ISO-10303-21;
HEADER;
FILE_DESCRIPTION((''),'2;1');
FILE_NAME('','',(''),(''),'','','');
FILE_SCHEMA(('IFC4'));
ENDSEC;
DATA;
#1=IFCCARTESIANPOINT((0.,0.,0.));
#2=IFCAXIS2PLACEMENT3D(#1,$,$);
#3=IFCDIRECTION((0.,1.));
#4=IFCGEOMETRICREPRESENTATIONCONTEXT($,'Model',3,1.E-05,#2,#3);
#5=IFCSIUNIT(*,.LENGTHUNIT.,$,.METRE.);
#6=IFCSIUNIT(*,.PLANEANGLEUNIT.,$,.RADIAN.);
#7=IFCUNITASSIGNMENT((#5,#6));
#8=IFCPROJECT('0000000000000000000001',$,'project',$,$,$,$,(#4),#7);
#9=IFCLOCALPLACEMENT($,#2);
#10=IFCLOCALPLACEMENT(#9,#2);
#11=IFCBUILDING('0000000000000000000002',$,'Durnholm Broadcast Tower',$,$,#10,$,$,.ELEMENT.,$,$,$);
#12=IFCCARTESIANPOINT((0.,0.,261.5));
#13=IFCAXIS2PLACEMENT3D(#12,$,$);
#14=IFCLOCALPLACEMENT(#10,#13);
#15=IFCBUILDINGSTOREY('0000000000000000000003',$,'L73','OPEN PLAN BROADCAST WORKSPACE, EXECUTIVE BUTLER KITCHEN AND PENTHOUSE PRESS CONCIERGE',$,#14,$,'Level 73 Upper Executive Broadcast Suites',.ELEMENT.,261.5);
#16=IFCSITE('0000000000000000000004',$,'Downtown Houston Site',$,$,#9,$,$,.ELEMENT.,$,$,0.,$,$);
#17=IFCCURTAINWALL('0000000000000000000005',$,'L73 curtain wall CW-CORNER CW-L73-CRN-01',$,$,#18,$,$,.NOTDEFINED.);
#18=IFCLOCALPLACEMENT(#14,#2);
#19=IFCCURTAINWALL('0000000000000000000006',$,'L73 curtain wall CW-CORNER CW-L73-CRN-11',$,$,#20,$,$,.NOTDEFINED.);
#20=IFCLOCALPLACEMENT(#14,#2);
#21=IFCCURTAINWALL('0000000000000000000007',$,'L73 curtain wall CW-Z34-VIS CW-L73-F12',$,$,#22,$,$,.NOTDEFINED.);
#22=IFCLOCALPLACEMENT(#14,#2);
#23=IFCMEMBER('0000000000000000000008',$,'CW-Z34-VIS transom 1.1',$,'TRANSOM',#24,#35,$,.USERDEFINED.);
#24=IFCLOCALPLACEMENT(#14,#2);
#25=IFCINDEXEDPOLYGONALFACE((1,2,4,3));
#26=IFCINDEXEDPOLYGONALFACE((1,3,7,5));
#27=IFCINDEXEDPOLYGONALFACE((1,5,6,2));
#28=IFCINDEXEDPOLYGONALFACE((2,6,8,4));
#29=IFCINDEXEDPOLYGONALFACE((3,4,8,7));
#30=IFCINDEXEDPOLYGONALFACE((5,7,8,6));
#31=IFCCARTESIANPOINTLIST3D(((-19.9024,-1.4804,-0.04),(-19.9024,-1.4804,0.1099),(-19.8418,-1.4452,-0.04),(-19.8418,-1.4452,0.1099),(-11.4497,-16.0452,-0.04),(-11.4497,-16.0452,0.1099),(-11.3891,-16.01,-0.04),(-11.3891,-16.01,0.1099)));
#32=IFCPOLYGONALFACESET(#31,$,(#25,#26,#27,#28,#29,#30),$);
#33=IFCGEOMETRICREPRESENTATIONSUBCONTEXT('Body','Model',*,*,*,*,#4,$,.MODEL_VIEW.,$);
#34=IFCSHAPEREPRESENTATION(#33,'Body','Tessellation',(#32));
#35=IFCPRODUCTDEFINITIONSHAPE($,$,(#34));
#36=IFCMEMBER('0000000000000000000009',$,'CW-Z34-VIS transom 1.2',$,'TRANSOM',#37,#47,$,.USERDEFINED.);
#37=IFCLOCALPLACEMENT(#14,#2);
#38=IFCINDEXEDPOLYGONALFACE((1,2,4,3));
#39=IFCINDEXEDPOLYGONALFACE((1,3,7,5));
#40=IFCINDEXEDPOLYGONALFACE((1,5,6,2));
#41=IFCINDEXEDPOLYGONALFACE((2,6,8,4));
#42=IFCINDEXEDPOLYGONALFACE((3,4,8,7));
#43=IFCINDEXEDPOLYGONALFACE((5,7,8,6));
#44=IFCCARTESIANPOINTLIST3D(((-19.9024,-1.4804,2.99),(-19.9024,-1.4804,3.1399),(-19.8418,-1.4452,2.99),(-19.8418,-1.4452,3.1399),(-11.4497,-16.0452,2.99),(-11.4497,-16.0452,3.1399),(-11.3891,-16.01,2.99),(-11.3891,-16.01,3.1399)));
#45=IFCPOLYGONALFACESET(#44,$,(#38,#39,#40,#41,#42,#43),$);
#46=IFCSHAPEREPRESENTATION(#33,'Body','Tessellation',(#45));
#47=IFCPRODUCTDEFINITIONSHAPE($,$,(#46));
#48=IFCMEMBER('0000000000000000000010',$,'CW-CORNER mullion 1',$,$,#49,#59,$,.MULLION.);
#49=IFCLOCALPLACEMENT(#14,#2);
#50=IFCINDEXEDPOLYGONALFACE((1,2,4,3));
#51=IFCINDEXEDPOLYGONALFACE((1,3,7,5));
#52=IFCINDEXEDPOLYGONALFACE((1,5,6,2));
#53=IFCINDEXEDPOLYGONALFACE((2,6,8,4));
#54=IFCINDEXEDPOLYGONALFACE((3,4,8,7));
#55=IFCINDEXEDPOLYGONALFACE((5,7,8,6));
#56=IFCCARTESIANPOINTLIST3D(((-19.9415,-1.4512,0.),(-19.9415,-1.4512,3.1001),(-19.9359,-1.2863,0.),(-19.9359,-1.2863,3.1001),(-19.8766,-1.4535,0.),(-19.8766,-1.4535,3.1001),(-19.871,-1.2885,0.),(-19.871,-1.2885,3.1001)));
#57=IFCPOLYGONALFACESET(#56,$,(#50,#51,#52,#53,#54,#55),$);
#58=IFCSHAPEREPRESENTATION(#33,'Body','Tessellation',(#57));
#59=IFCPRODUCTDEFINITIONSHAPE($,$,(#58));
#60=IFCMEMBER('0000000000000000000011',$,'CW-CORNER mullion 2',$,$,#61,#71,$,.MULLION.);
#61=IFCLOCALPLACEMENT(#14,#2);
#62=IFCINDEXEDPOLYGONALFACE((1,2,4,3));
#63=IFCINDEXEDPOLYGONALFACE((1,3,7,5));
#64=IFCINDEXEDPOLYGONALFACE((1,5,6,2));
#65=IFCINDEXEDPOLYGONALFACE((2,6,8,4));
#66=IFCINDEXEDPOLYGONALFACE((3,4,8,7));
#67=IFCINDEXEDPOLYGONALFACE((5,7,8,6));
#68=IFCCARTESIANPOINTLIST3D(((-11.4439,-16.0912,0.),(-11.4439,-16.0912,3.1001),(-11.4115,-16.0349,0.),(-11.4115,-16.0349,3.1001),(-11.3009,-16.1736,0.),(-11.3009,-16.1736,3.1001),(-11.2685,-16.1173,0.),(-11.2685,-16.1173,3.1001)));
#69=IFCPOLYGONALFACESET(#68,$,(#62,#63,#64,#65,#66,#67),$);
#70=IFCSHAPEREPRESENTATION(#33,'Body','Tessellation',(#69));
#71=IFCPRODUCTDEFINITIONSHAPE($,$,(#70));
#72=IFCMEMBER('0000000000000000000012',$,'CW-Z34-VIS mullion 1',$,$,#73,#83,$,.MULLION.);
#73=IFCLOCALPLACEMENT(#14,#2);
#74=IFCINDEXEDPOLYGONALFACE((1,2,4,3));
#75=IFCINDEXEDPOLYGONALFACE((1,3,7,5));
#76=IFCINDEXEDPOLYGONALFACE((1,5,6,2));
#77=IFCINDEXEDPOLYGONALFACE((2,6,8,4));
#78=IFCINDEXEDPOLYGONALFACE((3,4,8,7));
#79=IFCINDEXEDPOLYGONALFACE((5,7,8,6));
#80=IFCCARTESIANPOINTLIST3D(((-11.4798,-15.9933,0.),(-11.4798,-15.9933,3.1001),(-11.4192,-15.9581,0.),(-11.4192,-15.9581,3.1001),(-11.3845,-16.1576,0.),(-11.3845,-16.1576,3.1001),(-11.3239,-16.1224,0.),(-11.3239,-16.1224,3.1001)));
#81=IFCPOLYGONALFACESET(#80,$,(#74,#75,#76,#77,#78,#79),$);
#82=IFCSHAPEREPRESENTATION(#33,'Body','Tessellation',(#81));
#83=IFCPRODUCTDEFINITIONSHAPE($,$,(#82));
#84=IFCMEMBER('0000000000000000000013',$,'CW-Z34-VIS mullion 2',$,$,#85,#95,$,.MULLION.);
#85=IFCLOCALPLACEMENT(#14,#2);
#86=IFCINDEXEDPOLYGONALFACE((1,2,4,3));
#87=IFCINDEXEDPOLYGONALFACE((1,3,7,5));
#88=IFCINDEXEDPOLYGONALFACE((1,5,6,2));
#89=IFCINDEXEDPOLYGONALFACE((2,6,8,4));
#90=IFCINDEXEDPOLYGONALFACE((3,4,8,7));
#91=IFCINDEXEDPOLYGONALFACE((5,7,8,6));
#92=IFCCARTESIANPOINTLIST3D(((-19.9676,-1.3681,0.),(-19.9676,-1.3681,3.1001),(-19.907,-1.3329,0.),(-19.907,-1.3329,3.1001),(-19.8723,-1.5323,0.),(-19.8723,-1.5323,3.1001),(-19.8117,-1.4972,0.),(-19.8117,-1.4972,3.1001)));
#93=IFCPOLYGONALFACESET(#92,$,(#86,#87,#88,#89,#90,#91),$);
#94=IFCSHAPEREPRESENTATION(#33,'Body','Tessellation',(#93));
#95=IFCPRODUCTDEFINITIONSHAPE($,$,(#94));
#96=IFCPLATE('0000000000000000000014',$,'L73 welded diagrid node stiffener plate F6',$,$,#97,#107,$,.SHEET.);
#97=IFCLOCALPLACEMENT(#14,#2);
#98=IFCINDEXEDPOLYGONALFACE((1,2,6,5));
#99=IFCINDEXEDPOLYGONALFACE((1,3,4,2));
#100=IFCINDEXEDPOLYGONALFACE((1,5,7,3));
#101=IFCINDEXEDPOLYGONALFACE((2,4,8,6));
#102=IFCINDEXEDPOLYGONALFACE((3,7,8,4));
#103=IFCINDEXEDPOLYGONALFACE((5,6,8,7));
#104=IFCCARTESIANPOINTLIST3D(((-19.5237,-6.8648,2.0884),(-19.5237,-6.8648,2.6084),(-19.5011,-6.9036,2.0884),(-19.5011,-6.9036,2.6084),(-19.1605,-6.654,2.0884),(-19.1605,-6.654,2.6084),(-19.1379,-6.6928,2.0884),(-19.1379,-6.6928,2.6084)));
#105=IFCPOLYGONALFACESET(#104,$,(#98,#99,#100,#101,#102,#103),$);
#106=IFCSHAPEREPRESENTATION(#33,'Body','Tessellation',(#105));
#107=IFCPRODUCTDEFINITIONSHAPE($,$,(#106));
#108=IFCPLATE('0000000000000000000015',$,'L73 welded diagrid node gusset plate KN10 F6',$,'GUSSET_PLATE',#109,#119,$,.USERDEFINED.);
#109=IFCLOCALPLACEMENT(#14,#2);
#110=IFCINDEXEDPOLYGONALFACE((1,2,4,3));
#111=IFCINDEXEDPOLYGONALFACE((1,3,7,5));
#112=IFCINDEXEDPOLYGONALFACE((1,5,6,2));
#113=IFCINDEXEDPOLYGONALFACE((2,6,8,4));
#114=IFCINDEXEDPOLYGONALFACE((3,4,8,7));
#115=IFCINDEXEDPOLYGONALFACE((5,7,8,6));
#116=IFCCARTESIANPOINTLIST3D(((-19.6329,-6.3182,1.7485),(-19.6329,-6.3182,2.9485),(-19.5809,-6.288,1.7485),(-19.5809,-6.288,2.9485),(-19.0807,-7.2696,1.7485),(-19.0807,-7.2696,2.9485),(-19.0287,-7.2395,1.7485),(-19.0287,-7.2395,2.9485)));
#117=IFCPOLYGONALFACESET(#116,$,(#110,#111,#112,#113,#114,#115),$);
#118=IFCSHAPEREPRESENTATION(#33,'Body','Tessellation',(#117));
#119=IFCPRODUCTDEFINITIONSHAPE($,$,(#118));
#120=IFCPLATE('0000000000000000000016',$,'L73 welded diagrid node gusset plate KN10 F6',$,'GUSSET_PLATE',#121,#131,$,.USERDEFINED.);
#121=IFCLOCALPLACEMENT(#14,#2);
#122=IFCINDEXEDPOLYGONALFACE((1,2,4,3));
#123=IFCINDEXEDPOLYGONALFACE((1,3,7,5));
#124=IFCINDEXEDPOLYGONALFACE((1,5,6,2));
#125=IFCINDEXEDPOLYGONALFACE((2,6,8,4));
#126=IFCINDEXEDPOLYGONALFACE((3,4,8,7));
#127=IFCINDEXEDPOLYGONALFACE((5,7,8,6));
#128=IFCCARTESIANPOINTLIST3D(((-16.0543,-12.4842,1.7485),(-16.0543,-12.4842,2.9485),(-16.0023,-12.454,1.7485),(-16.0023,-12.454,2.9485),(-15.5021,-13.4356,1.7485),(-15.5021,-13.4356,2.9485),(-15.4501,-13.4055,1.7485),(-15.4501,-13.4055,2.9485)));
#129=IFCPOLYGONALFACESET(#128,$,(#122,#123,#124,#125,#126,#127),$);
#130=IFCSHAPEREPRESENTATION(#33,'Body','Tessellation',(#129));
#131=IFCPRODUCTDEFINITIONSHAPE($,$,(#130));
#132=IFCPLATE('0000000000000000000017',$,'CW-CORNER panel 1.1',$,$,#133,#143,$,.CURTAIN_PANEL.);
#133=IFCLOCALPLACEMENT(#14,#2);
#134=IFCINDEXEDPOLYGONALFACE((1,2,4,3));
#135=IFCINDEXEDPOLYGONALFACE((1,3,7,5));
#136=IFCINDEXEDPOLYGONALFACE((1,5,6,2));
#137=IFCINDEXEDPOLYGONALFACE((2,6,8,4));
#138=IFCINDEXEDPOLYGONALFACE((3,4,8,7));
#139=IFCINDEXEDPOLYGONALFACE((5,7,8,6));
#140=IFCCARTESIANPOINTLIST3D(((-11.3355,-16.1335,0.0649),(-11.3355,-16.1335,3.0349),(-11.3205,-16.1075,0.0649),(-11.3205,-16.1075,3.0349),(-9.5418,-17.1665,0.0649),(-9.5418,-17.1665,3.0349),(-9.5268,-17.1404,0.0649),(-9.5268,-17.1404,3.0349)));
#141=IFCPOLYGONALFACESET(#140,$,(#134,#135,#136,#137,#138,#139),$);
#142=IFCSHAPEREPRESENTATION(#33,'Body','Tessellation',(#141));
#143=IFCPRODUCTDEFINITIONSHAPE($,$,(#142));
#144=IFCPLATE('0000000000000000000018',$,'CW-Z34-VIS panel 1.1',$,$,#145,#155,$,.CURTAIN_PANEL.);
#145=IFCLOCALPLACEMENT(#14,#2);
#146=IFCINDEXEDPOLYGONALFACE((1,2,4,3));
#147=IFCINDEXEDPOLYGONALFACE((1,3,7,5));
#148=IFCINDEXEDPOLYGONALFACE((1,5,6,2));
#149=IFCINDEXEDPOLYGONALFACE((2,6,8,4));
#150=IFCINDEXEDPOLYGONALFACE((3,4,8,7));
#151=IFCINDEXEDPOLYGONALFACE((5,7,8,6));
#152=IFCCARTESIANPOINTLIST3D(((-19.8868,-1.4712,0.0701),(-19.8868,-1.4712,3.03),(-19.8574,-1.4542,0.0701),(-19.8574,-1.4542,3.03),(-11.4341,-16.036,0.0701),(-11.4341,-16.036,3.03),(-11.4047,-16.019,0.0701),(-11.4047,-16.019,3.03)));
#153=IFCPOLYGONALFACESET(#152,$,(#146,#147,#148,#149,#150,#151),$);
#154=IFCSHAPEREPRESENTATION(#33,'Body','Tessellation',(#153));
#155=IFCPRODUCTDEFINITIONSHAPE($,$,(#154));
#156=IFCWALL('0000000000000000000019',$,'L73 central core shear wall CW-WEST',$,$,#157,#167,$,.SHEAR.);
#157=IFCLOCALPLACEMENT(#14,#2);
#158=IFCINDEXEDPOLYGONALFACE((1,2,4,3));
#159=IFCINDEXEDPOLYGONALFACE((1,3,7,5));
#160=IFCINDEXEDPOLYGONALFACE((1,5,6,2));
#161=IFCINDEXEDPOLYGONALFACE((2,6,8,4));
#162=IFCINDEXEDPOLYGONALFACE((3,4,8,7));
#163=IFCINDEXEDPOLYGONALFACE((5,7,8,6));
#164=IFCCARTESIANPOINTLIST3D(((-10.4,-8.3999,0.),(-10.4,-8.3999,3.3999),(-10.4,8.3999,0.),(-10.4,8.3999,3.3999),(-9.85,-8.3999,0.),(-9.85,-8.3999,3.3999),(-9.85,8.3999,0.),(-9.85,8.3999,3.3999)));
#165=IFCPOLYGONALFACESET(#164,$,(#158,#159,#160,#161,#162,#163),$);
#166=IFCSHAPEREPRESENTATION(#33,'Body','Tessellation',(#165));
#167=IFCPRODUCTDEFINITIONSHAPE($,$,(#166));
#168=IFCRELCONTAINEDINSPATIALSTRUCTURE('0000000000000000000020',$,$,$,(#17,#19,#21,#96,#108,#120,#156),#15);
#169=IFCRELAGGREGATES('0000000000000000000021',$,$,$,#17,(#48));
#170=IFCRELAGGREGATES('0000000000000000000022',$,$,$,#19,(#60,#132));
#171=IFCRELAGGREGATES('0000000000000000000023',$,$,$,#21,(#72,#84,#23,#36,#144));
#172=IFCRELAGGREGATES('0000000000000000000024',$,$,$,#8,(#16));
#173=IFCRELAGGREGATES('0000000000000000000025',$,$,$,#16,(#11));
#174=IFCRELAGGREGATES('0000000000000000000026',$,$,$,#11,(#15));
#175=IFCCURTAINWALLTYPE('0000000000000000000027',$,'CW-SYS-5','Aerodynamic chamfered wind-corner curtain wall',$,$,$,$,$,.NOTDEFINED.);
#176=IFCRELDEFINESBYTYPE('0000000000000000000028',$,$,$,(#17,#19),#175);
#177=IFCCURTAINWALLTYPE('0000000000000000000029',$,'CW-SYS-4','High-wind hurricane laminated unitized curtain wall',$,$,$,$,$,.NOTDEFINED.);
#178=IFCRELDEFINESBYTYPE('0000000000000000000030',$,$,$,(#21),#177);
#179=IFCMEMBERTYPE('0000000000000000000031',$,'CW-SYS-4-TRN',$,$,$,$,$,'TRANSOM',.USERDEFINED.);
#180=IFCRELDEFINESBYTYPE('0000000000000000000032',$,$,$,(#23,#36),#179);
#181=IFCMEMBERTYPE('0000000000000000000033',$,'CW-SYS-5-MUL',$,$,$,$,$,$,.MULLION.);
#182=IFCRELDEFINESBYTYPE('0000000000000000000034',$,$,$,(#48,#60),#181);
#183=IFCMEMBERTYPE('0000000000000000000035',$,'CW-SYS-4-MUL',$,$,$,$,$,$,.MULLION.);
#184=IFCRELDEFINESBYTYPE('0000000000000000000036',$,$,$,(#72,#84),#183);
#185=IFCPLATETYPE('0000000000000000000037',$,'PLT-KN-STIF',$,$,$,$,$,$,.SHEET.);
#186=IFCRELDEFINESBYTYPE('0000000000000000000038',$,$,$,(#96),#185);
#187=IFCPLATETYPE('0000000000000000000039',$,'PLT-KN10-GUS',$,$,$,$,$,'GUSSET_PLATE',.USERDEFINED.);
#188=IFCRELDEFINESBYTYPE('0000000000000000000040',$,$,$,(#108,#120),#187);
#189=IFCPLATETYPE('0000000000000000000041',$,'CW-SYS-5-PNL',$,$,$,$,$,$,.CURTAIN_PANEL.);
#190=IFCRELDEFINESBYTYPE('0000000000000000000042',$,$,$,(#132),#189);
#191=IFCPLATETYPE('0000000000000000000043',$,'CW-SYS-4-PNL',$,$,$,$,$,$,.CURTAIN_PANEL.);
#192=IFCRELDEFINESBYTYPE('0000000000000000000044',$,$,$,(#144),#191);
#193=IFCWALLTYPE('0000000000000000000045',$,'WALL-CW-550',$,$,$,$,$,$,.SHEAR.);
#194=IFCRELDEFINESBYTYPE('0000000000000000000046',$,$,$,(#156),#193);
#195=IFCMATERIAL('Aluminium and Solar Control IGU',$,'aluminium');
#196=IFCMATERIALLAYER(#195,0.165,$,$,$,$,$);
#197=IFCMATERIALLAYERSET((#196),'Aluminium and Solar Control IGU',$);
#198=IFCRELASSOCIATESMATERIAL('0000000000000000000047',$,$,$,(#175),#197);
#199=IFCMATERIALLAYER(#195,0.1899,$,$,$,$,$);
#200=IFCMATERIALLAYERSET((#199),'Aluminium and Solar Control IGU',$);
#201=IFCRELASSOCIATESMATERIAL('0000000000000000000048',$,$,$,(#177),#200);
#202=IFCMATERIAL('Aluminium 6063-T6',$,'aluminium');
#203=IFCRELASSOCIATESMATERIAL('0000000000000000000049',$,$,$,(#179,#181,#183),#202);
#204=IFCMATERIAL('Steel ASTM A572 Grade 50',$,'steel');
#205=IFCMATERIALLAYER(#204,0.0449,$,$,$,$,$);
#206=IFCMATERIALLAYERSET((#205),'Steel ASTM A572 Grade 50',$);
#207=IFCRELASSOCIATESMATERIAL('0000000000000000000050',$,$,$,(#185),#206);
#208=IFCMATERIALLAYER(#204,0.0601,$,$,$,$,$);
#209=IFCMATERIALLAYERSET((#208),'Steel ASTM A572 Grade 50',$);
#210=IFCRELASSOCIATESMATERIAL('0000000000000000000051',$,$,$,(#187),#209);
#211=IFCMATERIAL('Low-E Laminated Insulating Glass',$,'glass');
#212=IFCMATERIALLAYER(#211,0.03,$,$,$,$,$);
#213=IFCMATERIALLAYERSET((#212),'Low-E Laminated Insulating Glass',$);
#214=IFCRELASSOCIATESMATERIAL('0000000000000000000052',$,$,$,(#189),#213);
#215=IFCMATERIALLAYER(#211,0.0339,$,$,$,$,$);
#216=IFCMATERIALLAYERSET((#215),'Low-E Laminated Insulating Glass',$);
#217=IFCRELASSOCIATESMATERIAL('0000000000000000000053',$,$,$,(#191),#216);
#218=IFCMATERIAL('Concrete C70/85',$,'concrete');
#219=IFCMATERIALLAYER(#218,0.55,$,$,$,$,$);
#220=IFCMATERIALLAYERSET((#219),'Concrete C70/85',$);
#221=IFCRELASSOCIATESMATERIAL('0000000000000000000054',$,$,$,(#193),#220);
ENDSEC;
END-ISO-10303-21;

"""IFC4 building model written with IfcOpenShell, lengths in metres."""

from ifc_helpers import new_model, si_unit, direction, frame, frame_2d, origin, origin_2d, place, context, subcontext, project, spatial, rectangle, extrude, source, transform, mapped, material, layer, layer_set, material_profile, profile_set, type_object, type_shapes, element, aggregate, save


model = new_model("IFC4")

# Units and contexts
model_context = context("Model", 3, precision=1e-05, world=origin(), true_north=direction((0.0, 1.0)))
body_context = subcontext(model_context, "Body", "Model", "MODEL_VIEW")
ifc_project = project(units=[si_unit("LENGTHUNIT", "METRE"), si_unit("PLANEANGLEUNIT", "RADIAN")], contexts=[model_context])

# Site, building, storey
site_placement = place(None, origin())
site = spatial("IfcSite", under=ifc_project, at=site_placement, Name="Downtown Houston Site", CompositionType="ELEMENT", RefElevation=0.0)
building_placement = place(site_placement, origin())
building = spatial("IfcBuilding", under=site, at=building_placement, Name="Durnholm Broadcast Tower", CompositionType="ELEMENT")
storey_placement = place(building_placement, frame((0.0, 0.0, 261.5)))
storey = spatial("IfcBuildingStorey", under=building, at=storey_placement, Name="L73", Description="OPEN PLAN BROADCAST WORKSPACE, EXECUTIVE BUTLER KITCHEN AND PENTHOUSE PRESS CONCIERGE", LongName="Level 73 Upper Executive Broadcast Suites", CompositionType="ELEMENT", Elevation=261.5)

# Shared definitions
ifc_material_1 = material(Name="Concrete C70/85", Category="concrete")

# Curtain wall
ifc_material_2 = material(Name="Aluminium and Solar Control IGU", Category="aluminium")
ifc_layer_1 = layer(ifc_material_2, 0.165)
ifc_layer_set_1 = layer_set([ifc_layer_1], Name="Aluminium and Solar Control IGU")
curtain_wall_type_1 = type_object("IfcCurtainWallType", Name="CW-SYS-5", Description="Aerodynamic chamfered wind-corner curtain wall", PredefinedType="NOTDEFINED", material=ifc_layer_set_1)
curtain_wall_1_placement = place(storey_placement, origin())
curtain_wall_1 = element("IfcCurtainWall", 1, at=curtain_wall_1_placement, inside=storey, type_object=curtain_wall_type_1, Name="L73 curtain wall CW-CORNER CW-L73-CRN-01", PredefinedType="NOTDEFINED")
ifc_material_3 = material(Name="Aluminium 6063-T6", Category="aluminium")

# Curtain wall
curtain_wall_2_placement = place(storey_placement, origin())
curtain_wall_2 = element("IfcCurtainWall", 2, at=curtain_wall_2_placement, inside=storey, type_object=curtain_wall_type_1, Name="L73 curtain wall CW-CORNER CW-L73-CRN-11", PredefinedType="NOTDEFINED")

# Curtain wall, members
ifc_layer_2 = layer(ifc_material_2, 0.1899)
ifc_layer_set_2 = layer_set([ifc_layer_2], Name="Aluminium and Solar Control IGU")
curtain_wall_type_2 = type_object("IfcCurtainWallType", Name="CW-SYS-4", Description="High-wind hurricane laminated unitized curtain wall", PredefinedType="NOTDEFINED", material=ifc_layer_set_2)
curtain_wall_3_placement = place(storey_placement, origin())
curtain_wall_3 = element("IfcCurtainWall", 3, at=curtain_wall_3_placement, inside=storey, type_object=curtain_wall_type_2, Name="L73 curtain wall CW-Z34-VIS CW-L73-F12", PredefinedType="NOTDEFINED")
ifc_material_profile_1 = material_profile(ifc_material_3, rectangle(XDim=0.0701, YDim=0.1499, at=origin_2d()), Name="CWT70X150")
ifc_profile_set_1 = profile_set([ifc_material_profile_1], Name="Aluminium 6063-T6")
member_type_1 = type_object("IfcMemberType", Name="CW-SYS-4-TRN", ElementType="TRANSOM", PredefinedType="USERDEFINED", material=ifc_profile_set_1)
shared_shape_1 = source(origin(), body_context, "Body", "SweptSolid", [
    extrude(rectangle(XDim=0.0701, YDim=0.1499, at=origin_2d()), origin(), (0.0, 0.0, 1.0), 16.8398),
])
type_shapes(member_type_1, [shared_shape_1])
member_1_placement = place(storey_placement, frame((-11.4194, -16.0276, 0.0349), z_axis=(-0.501945, 0.864899, 0.0), x_axis=(-0.864899, -0.501945, 0.0)))
member_1 = element("IfcMember", 4, at=member_1_placement, type_object=member_type_1, Name="CW-Z34-VIS transom 1.1", ObjectType="TRANSOM", PredefinedType="USERDEFINED", context=body_context, shape_type="MappedRepresentation", body=[
    mapped(shared_shape_1, transform((0.0, 0.0, 0.0), x_axis=(1.0, 0.0, 0.0), y_axis=(0.0, 1.0, 0.0), z_axis=(0.0, 0.0, 1.0), scale=1.0)),
])
member_2_placement = place(storey_placement, frame((-11.4194, -16.0276, 3.0649), z_axis=(-0.501945, 0.864899, 0.0), x_axis=(-0.864899, -0.501945, 0.0)))
member_2 = element("IfcMember", 5, at=member_2_placement, type_object=member_type_1, Name="CW-Z34-VIS transom 1.2", ObjectType="TRANSOM", PredefinedType="USERDEFINED", context=body_context, shape_type="MappedRepresentation", body=[
    mapped(shared_shape_1, transform((0.0, 0.0, 0.0), x_axis=(1.0, 0.0, 0.0), y_axis=(0.0, 1.0, 0.0), z_axis=(0.0, 0.0, 1.0), scale=1.0)),
])

# Members
ifc_material_profile_2 = material_profile(ifc_material_3, rectangle(XDim=0.0649, YDim=0.165, at=origin_2d()), Name="CWM65X165")
ifc_profile_set_2 = profile_set([ifc_material_profile_2], Name="Aluminium 6063-T6")
member_type_2 = type_object("IfcMemberType", Name="CW-SYS-5-MUL", PredefinedType="MULLION", material=ifc_profile_set_2)
shared_shape_2 = source(origin(), body_context, "Body", "SweptSolid", [
    extrude(rectangle(XDim=0.0649, YDim=0.165, at=origin_2d()), origin(), (0.0, 0.0, 1.0), 3.1001),
])
type_shapes(member_type_2, [shared_shape_2])
member_3_placement = place(storey_placement, frame((-19.9062, -1.3699, 0.0), z_axis=(0.0, 0.0, 1.0), x_axis=(-0.999411, 0.034318, 0.0)))
member_3 = element("IfcMember", 6, at=member_3_placement, type_object=member_type_2, Name="CW-CORNER mullion 1", PredefinedType="MULLION", context=body_context, shape_type="MappedRepresentation", body=[
    mapped(shared_shape_2, transform((0.0, 0.0, 0.0), x_axis=(1.0, 0.0, 0.0), y_axis=(0.0, 1.0, 0.0), z_axis=(0.0, 0.0, 1.0), scale=1.0)),
])
aggregate(curtain_wall_1, [member_3])
member_4_placement = place(storey_placement, frame((-11.3562, -16.1042, 0.0), z_axis=(0.0, 0.0, 1.0), x_axis=(-0.499059, -0.866568, 0.0)))
member_4 = element("IfcMember", 7, at=member_4_placement, type_object=member_type_2, Name="CW-CORNER mullion 2", PredefinedType="MULLION", context=body_context, shape_type="MappedRepresentation", body=[
    mapped(shared_shape_2, transform((0.0, 0.0, 0.0), x_axis=(1.0, 0.0, 0.0), y_axis=(0.0, 1.0, 0.0), z_axis=(0.0, 0.0, 1.0), scale=1.0)),
])
ifc_material_profile_3 = material_profile(ifc_material_3, rectangle(XDim=0.0701, YDim=0.1899, at=origin_2d()), Name="CWM70X190")
ifc_profile_set_3 = profile_set([ifc_material_profile_3], Name="Aluminium 6063-T6")
member_type_3 = type_object("IfcMemberType", Name="CW-SYS-4-MUL", PredefinedType="MULLION", material=ifc_profile_set_3)
shared_shape_3 = source(origin(), body_context, "Body", "SweptSolid", [
    extrude(rectangle(XDim=0.0701, YDim=0.1899, at=origin_2d()), origin(), (0.0, 0.0, 1.0), 3.1001),
])
type_shapes(member_type_3, [shared_shape_3])
member_5_placement = place(storey_placement, frame((-11.4019, -16.0579, 0.0), z_axis=(0.0, 0.0, 1.0), x_axis=(-0.8649, -0.501944, 0.0)))
member_5 = element("IfcMember", 8, at=member_5_placement, type_object=member_type_3, Name="CW-Z34-VIS mullion 1", PredefinedType="MULLION", context=body_context, shape_type="MappedRepresentation", body=[
    mapped(shared_shape_3, transform((0.0, 0.0, 0.0), x_axis=(1.0, 0.0, 0.0), y_axis=(0.0, 1.0, 0.0), z_axis=(0.0, 0.0, 1.0), scale=1.0)),
])
member_6_placement = place(storey_placement, frame((-19.8896, -1.4326, 0.0), z_axis=(0.0, 0.0, 1.0), x_axis=(-0.8649, -0.501944, 0.0)))
member_6 = element("IfcMember", 9, at=member_6_placement, type_object=member_type_3, Name="CW-Z34-VIS mullion 2", PredefinedType="MULLION", context=body_context, shape_type="MappedRepresentation", body=[
    mapped(shared_shape_3, transform((0.0, 0.0, 0.0), x_axis=(1.0, 0.0, 0.0), y_axis=(0.0, 1.0, 0.0), z_axis=(0.0, 0.0, 1.0), scale=1.0)),
])

# Plates
ifc_material_4 = material(Name="Steel ASTM A572 Grade 50", Category="steel")
ifc_layer_3 = layer(ifc_material_4, 0.0449)
ifc_layer_set_3 = layer_set([ifc_layer_3], Name="Steel ASTM A572 Grade 50")
plate_type_1 = type_object("IfcPlateType", Name="PLT-KN-STIF", PredefinedType="SHEET", material=ifc_layer_set_3)
shared_shape_4 = source(origin(), body_context, "Body", "SweptSolid", [
    extrude(rectangle(XDim=0.0449, YDim=0.4199, at=origin_2d()), origin(), (0.0, 0.0, 1.0), 0.52),
])
type_shapes(plate_type_1, [shared_shape_4])
plate_1_placement = place(storey_placement, frame((-19.3308, -6.7788, 2.0884), z_axis=(0.0, 0.0, 1.0), x_axis=(0.501964, -0.864889, 0.0)))
element("IfcPlate", 10, at=plate_1_placement, inside=storey, type_object=plate_type_1, Name="L73 welded diagrid node stiffener plate F6", PredefinedType="SHEET", context=body_context, shape_type="MappedRepresentation", body=[
    mapped(shared_shape_4, transform((0.0, 0.0, 0.0), x_axis=(1.0, 0.0, 0.0), y_axis=(0.0, 1.0, 0.0), z_axis=(0.0, 0.0, 1.0), scale=1.0)),
])
ifc_layer_4 = layer(ifc_material_4, 0.0601)
ifc_layer_set_4 = layer_set([ifc_layer_4], Name="Steel ASTM A572 Grade 50")
plate_type_2 = type_object("IfcPlateType", Name="PLT-KN10-GUS", ElementType="GUSSET_PLATE", PredefinedType="USERDEFINED", material=ifc_layer_set_4)
shared_shape_5 = source(origin(), body_context, "Body", "SweptSolid", [
    extrude(rectangle(XDim=1.1001, YDim=0.0601, at=origin_2d()), origin(), (0.0, 0.0, 1.0), 1.2),
])
type_shapes(plate_type_2, [shared_shape_5])
for number, where, z_axis, x_axis, name in (
    (11, (-19.3308, -6.7788, 1.7485), (0.0, 0.0, 1.0), (0.501964, -0.864889, 0.0), "L73 welded diagrid node gusset plate KN10 F6"),
    (12, (-15.7522, -12.9448, 1.7485), (0.0, 0.0, 1.0), (0.501964, -0.864889, 0.0), "L73 welded diagrid node gusset plate KN10 F6"),
):
    element("IfcPlate", number, at=place(storey_placement, frame(where, z_axis=z_axis, x_axis=x_axis)), inside=storey, type_object=plate_type_2, Name=name, ObjectType="GUSSET_PLATE", PredefinedType="USERDEFINED", context=body_context, shape_type="MappedRepresentation", body=[
        mapped(shared_shape_5, transform((0.0, 0.0, 0.0), x_axis=(1.0, 0.0, 0.0), y_axis=(0.0, 1.0, 0.0), z_axis=(0.0, 0.0, 1.0), scale=1.0)),
    ])

# Plates
ifc_material_5 = material(Name="Low-E Laminated Insulating Glass", Category="glass")
ifc_layer_5 = layer(ifc_material_5, 0.03)
ifc_layer_set_5 = layer_set([ifc_layer_5], Name="Low-E Laminated Insulating Glass")
plate_type_3 = type_object("IfcPlateType", Name="CW-SYS-5-PNL", PredefinedType="CURTAIN_PANEL", material=ifc_layer_set_5)
shared_shape_6 = source(origin(), body_context, "Body", "SweptSolid", [
    extrude(rectangle(XDim=2.0698, YDim=0.03, at=origin_2d()), origin(), (0.0, 0.0, 1.0), 2.97),
])
type_shapes(plate_type_3, [shared_shape_6])
plate_2_placement = place(storey_placement, frame((-10.4312, -16.637, 0.0649), z_axis=(0.0, 0.0, 1.0), x_axis=(-0.866568, 0.499059, 0.0)))
plate_2 = element("IfcPlate", 13, at=plate_2_placement, type_object=plate_type_3, Name="CW-CORNER panel 1.1", PredefinedType="CURTAIN_PANEL", context=body_context, shape_type="MappedRepresentation", body=[
    mapped(shared_shape_6, transform((0.0, 0.0, 0.0), x_axis=(1.0, 0.0, 0.0), y_axis=(0.0, 1.0, 0.0), z_axis=(0.0, 0.0, 1.0), scale=1.0)),
])
aggregate(curtain_wall_2, [member_4, plate_2])
ifc_layer_6 = layer(ifc_material_5, 0.0339)
ifc_layer_set_6 = layer_set([ifc_layer_6], Name="Low-E Laminated Insulating Glass")
plate_type_4 = type_object("IfcPlateType", Name="CW-SYS-4-PNL", PredefinedType="CURTAIN_PANEL", material=ifc_layer_set_6)
shared_shape_7 = source(origin(), body_context, "Body", "SweptSolid", [
    extrude(rectangle(XDim=16.8398, YDim=0.0339, at=origin_2d()), origin(), (0.0, 0.0, 1.0), 2.96),
])
type_shapes(plate_type_4, [shared_shape_7])
plate_3_placement = place(storey_placement, frame((-15.6458, -8.7451, 0.0701), z_axis=(0.0, 0.0, 1.0), x_axis=(-0.501944, 0.8649, 0.0)))
plate_3 = element("IfcPlate", 14, at=plate_3_placement, type_object=plate_type_4, Name="CW-Z34-VIS panel 1.1", PredefinedType="CURTAIN_PANEL", context=body_context, shape_type="MappedRepresentation", body=[
    mapped(shared_shape_7, transform((0.0, 0.0, 0.0), x_axis=(1.0, 0.0, 0.0), y_axis=(0.0, 1.0, 0.0), z_axis=(0.0, 0.0, 1.0), scale=1.0)),
])
aggregate(curtain_wall_3, [member_5, member_6, member_1, member_2, plate_3])

# Wall
ifc_layer_7 = layer(ifc_material_1, 0.55)
ifc_layer_set_7 = layer_set([ifc_layer_7], Name="Concrete C70/85")
wall_type_1 = type_object("IfcWallType", Name="WALL-CW-550", PredefinedType="SHEAR", material=ifc_layer_set_7)
wall_1_placement = place(storey_placement, frame((-10.125, -8.3999, 0.0), z_axis=(0.0, 0.0, 1.0), x_axis=(0.0, 1.0, 0.0)))
element("IfcWall", 15, at=wall_1_placement, inside=storey, type_object=wall_type_1, Name="L73 central core shear wall CW-WEST", PredefinedType="SHEAR", context=body_context, shape_type="SweptSolid", body=[
    extrude(rectangle(XDim=16.7998, YDim=0.55, at=frame_2d((8.3999, 0.0))), origin(), (0.0, 0.0, 1.0), 3.3999),
])

save(model, "model.ifc")
